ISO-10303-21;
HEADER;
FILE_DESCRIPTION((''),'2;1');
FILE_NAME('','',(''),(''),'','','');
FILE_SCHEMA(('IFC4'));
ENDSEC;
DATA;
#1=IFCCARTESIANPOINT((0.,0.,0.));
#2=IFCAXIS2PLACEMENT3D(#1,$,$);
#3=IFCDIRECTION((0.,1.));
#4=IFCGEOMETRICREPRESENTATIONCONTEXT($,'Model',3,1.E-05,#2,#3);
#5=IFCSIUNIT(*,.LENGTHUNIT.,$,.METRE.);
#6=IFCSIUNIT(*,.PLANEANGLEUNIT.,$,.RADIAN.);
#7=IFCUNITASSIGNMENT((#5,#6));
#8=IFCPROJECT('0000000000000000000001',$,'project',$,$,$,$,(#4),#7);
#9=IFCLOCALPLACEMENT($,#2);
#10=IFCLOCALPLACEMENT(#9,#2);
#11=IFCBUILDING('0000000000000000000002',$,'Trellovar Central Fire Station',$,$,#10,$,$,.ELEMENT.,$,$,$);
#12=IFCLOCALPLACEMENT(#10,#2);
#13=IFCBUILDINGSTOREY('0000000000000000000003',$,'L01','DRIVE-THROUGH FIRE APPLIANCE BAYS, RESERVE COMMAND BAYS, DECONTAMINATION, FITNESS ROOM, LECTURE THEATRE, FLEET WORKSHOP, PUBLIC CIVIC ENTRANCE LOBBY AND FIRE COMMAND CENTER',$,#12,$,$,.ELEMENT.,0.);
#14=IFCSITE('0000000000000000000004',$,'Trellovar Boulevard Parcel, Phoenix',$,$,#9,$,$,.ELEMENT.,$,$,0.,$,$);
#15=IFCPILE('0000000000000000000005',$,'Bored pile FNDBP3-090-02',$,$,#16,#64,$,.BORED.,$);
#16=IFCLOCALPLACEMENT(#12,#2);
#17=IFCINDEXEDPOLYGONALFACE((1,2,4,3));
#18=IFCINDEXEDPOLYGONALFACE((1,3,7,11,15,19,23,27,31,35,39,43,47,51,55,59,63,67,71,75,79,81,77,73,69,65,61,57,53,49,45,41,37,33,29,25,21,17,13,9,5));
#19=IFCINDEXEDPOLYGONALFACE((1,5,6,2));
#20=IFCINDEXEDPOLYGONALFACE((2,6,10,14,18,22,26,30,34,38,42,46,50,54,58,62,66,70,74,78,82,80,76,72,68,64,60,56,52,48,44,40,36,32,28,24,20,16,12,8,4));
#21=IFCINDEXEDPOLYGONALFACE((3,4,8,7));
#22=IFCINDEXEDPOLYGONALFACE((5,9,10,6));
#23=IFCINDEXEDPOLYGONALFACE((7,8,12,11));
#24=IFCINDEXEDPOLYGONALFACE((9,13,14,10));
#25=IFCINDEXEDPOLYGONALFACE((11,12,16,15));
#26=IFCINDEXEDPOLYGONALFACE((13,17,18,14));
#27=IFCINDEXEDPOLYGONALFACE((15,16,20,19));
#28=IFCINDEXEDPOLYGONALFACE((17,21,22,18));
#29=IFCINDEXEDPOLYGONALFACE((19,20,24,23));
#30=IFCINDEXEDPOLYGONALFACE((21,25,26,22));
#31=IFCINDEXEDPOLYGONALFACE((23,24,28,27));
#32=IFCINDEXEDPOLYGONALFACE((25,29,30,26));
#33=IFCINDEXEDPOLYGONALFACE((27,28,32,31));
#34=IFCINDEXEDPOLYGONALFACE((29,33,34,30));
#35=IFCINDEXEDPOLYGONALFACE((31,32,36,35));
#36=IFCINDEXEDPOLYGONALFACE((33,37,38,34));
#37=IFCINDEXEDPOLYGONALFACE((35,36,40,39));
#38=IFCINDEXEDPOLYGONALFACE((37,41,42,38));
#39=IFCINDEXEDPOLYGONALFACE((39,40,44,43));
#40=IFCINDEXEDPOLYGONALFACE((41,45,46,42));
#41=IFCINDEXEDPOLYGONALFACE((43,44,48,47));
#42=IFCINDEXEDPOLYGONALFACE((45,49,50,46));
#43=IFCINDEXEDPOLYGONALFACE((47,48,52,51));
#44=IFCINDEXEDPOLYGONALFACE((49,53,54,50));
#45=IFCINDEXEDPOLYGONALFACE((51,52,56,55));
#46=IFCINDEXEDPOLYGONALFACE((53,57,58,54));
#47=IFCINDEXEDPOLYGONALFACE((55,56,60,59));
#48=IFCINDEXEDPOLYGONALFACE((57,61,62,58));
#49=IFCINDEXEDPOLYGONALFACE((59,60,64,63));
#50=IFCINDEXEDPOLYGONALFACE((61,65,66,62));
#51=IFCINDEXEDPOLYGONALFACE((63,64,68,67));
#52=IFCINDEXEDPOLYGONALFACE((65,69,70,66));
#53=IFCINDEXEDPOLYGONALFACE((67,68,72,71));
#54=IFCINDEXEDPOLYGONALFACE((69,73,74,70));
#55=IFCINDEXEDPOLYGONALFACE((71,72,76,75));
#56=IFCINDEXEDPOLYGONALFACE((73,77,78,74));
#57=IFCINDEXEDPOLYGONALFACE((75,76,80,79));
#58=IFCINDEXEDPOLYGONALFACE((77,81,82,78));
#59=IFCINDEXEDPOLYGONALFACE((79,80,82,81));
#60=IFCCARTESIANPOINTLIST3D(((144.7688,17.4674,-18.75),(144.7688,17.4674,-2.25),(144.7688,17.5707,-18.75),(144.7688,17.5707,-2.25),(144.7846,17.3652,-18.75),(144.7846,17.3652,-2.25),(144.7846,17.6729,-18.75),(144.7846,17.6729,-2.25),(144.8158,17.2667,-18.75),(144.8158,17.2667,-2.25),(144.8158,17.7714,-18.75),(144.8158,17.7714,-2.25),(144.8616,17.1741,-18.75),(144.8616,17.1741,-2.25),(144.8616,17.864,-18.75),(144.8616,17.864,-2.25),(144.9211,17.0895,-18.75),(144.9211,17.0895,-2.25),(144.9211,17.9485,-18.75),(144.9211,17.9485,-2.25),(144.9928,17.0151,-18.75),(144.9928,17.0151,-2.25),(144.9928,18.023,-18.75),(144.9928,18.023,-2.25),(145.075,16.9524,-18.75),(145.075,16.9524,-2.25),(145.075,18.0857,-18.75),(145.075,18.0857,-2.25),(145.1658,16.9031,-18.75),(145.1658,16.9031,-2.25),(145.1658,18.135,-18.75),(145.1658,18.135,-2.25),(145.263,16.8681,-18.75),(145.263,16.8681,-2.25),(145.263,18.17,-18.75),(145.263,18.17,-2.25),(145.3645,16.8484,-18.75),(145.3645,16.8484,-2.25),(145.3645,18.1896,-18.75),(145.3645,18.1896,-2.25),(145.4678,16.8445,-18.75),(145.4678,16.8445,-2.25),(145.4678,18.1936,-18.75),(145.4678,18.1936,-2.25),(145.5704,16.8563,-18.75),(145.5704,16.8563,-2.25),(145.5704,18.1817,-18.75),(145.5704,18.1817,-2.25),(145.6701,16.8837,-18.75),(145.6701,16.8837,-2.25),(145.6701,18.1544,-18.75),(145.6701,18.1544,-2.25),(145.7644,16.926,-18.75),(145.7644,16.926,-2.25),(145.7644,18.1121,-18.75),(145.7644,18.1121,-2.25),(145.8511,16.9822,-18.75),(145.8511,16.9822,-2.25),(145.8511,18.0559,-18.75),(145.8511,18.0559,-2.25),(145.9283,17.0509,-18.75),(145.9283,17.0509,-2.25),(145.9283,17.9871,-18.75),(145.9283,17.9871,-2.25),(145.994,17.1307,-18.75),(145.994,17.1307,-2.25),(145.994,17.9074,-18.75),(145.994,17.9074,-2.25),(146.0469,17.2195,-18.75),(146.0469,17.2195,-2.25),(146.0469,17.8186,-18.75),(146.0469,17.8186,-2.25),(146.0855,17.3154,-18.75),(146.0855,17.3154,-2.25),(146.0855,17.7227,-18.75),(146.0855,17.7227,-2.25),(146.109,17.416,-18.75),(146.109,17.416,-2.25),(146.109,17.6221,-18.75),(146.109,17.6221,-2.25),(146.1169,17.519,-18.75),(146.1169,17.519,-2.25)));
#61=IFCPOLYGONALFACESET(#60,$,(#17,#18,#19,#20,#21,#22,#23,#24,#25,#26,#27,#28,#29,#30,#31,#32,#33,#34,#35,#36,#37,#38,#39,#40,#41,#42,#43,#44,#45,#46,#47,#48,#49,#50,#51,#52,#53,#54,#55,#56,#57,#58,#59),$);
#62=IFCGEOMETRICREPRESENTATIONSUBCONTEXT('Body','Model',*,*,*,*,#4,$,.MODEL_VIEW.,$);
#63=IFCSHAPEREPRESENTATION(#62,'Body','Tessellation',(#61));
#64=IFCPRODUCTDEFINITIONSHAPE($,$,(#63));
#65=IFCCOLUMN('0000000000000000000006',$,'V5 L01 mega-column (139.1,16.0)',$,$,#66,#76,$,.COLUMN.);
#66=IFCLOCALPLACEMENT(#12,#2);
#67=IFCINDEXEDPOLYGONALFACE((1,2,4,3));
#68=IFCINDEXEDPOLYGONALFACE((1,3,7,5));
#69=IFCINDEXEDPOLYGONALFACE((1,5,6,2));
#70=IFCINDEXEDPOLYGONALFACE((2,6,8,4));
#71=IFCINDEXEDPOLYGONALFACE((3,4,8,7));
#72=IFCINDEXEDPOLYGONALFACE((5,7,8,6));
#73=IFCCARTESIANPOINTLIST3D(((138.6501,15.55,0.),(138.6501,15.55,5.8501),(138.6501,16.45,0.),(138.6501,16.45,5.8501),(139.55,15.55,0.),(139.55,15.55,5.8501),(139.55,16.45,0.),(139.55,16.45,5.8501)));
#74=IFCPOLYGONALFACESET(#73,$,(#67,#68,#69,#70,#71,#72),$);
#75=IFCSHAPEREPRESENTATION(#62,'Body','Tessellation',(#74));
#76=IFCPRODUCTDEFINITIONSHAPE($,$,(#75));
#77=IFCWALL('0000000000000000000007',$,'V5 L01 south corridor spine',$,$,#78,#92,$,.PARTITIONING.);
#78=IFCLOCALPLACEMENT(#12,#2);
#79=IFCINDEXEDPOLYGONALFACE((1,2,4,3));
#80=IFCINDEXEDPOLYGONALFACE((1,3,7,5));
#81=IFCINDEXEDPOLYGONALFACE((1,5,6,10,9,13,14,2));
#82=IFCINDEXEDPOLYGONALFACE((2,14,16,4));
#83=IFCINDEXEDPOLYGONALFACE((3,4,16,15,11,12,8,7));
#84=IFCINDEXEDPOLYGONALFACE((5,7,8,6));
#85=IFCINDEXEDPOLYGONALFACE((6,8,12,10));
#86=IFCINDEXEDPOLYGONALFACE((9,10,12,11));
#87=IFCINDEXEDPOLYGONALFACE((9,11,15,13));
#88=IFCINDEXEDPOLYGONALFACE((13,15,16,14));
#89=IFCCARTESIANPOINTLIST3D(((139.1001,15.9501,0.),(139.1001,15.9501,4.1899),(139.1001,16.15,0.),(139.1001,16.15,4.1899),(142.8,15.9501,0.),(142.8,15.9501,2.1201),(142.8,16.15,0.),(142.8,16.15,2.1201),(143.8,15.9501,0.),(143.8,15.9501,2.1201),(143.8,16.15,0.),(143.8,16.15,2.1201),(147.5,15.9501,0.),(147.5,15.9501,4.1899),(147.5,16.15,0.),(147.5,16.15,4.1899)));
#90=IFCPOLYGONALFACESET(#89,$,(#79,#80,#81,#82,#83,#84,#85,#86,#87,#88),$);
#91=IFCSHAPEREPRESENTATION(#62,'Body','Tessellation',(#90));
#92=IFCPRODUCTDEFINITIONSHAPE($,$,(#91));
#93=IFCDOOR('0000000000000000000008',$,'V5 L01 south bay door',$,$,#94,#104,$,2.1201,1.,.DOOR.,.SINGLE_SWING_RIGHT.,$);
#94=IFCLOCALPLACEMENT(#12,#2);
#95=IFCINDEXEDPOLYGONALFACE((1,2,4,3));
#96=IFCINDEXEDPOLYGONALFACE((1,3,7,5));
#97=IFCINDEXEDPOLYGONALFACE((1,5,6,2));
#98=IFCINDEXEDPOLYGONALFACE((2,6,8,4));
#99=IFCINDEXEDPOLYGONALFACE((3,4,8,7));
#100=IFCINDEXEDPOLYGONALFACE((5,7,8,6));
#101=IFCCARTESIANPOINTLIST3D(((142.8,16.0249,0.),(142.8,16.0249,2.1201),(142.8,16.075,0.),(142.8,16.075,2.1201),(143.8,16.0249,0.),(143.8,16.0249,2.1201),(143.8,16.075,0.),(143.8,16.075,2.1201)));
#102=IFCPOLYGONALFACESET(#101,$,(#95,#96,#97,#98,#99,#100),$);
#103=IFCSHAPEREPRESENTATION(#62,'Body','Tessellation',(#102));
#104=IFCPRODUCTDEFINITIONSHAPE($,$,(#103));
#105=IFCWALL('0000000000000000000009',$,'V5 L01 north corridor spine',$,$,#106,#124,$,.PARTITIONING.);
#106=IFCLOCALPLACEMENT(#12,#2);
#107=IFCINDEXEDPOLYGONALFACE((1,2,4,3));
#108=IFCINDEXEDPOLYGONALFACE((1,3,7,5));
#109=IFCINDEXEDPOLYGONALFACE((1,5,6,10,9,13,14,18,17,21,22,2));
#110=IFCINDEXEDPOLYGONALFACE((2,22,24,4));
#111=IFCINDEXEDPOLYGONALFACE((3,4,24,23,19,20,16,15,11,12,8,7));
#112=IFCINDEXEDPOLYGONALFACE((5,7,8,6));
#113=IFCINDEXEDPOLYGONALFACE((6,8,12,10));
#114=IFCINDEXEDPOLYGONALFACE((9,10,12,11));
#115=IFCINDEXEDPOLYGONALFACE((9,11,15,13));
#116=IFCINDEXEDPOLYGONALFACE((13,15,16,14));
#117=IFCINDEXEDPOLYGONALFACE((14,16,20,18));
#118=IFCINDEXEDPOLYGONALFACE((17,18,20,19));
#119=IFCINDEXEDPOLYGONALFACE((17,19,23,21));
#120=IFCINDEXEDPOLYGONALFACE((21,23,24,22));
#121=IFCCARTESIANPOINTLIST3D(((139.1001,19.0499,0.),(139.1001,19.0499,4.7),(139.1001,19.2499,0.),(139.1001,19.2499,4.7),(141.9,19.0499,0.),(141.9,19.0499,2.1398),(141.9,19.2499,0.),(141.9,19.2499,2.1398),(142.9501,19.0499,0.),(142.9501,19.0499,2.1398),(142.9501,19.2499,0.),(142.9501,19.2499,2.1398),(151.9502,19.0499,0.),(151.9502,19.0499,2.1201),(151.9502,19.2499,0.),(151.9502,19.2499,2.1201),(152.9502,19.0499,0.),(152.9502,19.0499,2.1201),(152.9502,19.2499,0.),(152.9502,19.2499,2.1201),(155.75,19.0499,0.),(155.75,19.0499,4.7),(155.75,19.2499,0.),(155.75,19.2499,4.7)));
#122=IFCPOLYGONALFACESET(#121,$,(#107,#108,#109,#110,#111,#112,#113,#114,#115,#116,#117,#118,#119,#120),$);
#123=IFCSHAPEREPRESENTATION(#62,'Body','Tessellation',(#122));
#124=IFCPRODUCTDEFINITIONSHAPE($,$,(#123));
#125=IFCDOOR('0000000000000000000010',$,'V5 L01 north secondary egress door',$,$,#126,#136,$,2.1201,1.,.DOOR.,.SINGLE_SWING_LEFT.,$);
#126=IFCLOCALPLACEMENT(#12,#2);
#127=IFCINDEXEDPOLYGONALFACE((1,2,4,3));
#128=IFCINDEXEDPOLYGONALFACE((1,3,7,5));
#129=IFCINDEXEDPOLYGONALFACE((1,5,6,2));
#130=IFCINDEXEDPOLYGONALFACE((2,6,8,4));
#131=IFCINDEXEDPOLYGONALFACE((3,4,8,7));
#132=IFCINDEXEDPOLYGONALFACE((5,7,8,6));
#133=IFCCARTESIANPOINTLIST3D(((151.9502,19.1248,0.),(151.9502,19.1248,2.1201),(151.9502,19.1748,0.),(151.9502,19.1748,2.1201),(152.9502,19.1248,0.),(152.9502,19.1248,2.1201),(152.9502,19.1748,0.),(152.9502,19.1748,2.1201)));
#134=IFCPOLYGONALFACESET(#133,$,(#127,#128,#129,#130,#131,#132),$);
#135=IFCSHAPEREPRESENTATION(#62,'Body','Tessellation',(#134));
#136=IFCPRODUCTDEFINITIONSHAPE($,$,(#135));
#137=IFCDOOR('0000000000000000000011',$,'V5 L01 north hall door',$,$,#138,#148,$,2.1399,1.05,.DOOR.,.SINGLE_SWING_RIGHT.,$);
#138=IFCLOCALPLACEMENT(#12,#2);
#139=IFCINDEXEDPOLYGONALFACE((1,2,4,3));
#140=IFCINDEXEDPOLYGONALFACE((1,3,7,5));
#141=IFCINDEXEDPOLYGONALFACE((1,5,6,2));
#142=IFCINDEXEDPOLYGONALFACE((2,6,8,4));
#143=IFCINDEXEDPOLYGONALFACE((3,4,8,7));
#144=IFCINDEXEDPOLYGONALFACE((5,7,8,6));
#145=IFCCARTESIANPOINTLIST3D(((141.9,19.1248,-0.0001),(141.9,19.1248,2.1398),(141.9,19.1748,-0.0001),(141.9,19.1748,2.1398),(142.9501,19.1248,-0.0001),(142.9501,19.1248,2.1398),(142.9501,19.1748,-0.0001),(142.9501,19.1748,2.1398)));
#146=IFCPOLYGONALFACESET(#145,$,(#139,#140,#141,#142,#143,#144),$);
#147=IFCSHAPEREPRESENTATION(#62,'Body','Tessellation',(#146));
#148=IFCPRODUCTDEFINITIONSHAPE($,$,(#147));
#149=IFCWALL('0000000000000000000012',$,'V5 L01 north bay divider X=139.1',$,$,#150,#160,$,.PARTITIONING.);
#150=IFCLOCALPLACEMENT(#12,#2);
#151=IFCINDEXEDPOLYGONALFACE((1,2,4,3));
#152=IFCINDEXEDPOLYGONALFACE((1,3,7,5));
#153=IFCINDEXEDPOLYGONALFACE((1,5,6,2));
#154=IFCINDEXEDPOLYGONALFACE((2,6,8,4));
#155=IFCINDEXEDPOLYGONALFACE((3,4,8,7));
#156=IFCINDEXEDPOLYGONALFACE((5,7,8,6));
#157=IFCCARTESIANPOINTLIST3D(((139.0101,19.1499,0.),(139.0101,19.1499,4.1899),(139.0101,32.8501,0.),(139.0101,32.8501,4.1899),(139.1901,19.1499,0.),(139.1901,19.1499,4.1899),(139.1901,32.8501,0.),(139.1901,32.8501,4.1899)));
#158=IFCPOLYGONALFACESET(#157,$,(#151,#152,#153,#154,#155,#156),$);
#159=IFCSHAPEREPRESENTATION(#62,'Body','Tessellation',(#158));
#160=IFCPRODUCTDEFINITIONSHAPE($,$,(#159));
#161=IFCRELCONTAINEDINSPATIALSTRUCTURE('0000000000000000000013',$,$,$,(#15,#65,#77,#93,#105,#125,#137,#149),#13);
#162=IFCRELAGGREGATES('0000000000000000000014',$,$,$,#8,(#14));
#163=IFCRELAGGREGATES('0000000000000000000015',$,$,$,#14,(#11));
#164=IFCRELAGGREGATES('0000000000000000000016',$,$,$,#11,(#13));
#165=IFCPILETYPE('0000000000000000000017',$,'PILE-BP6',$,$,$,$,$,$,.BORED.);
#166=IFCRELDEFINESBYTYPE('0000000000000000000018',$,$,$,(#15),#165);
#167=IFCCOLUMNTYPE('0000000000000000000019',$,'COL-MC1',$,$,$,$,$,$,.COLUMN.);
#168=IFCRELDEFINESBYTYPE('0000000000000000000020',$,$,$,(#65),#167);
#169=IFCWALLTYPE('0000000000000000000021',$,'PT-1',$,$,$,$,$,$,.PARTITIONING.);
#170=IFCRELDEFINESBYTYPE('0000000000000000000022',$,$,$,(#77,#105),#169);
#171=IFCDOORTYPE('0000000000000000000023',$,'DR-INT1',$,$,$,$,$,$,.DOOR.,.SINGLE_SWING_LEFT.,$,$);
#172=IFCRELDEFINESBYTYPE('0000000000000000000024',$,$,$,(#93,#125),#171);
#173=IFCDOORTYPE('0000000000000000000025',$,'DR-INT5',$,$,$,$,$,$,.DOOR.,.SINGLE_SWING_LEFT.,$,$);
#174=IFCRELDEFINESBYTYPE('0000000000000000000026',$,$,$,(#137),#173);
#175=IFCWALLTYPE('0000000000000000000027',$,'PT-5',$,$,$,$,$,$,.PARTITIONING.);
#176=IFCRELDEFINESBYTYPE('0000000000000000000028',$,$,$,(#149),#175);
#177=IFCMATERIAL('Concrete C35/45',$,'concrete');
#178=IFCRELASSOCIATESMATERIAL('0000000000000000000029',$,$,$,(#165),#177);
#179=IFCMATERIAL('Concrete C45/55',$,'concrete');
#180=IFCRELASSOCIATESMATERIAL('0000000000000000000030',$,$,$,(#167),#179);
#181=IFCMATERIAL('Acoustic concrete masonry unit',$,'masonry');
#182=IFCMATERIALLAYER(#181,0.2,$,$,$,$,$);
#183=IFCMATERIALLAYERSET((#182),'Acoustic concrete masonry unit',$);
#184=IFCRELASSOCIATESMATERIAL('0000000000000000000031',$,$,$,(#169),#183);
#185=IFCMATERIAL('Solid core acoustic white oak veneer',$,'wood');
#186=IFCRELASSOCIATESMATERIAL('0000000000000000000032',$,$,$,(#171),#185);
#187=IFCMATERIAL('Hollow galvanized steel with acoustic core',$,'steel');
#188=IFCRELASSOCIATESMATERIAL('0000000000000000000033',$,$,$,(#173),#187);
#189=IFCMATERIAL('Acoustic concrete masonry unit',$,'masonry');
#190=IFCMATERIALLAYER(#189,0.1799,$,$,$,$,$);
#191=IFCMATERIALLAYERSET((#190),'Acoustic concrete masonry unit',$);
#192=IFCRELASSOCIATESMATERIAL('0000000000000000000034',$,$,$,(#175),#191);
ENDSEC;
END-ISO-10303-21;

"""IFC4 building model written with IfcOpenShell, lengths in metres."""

from ifc_helpers import new_model, si_unit, direction, frame, frame_2d, origin, origin_2d, place, context, subcontext, project, spatial, rectangle, circle, extrude, material, layer, layer_set, material_profile, profile_set, type_object, element, fill, save


model = new_model("IFC4")

# Units and contexts
model_context = context("Model", 3, precision=1e-05, world=origin(), true_north=direction((0.0, 1.0)))
body_context = subcontext(model_context, "Body", "Model", "MODEL_VIEW")
ifc_project = project(units=[si_unit("LENGTHUNIT", "METRE"), si_unit("PLANEANGLEUNIT", "RADIAN")], contexts=[model_context])

# Site, building, storey
site_placement = place(None, origin())
site = spatial("IfcSite", under=ifc_project, at=site_placement, Name="Trellovar Boulevard Parcel, Phoenix", CompositionType="ELEMENT", RefElevation=0.0)
building_placement = place(site_placement, origin())
building = spatial("IfcBuilding", under=site, at=building_placement, Name="Trellovar Central Fire Station", CompositionType="ELEMENT")
storey_placement = place(building_placement, origin())
storey = spatial("IfcBuildingStorey", under=building, at=storey_placement, Name="L01", Description="DRIVE-THROUGH FIRE APPLIANCE BAYS, RESERVE COMMAND BAYS, DECONTAMINATION, FITNESS ROOM, LECTURE THEATRE, FLEET WORKSHOP, PUBLIC CIVIC ENTRANCE LOBBY AND FIRE COMMAND CENTER", CompositionType="ELEMENT", Elevation=0.0)

# Pile
ifc_material_1 = material(Name="Concrete C35/45", Category="concrete")
ifc_material_profile_1 = material_profile(ifc_material_1, circle(Radius=0.675, at=origin_2d()), Name="PILE1350")
ifc_profile_set_1 = profile_set([ifc_material_profile_1], Name="Concrete C35/45")
pile_type_1 = type_object("IfcPileType", Name="PILE-BP6", PredefinedType="BORED", material=ifc_profile_set_1)
pile_placement = place(storey_placement, frame((145.4419, 17.519, -2.25), z_axis=(0.0, 0.0, -1.0), x_axis=(1.0, 0.0, 0.0)))
element("IfcPile", 1, at=pile_placement, inside=storey, type_object=pile_type_1, Name="Bored pile FNDBP3-090-02", PredefinedType="BORED", context=body_context, shape_type="SweptSolid", body=[
    extrude(circle(Radius=0.675, at=origin_2d()), origin(), (0.0, 0.0, 1.0), 16.5),
])

# Column
ifc_material_2 = material(Name="Concrete C45/55", Category="concrete")
ifc_material_profile_2 = material_profile(ifc_material_2, rectangle(XDim=0.8999, YDim=0.8999, at=origin_2d()), Name="RC900X900")
ifc_profile_set_2 = profile_set([ifc_material_profile_2], Name="Concrete C45/55")
column_type = type_object("IfcColumnType", Name="COL-MC1", PredefinedType="COLUMN", material=ifc_profile_set_2)
column_placement = place(storey_placement, frame((139.1001, 16.0, 0.0), z_axis=(0.0, 0.0, 1.0), x_axis=(1.0, 0.0, 0.0)))
element("IfcColumn", 2, at=column_placement, inside=storey, type_object=column_type, Name="V5 L01 mega-column (139.1,16.0)", PredefinedType="COLUMN", context=body_context, shape_type="SweptSolid", body=[
    extrude(rectangle(XDim=0.8999, YDim=0.8999, at=origin_2d()), origin(), (0.0, 0.0, 1.0), 5.8501),
])

# Wall, opening, door
ifc_material_3 = material(Name="Acoustic concrete masonry unit", Category="masonry")
ifc_layer_1 = layer(ifc_material_3, 0.2)
ifc_layer_set_1 = layer_set([ifc_layer_1], Name="Acoustic concrete masonry unit")
wall_type_1 = type_object("IfcWallType", Name="PT-1", PredefinedType="PARTITIONING", material=ifc_layer_set_1)
wall_1_placement = place(storey_placement, frame((139.1001, 16.05, 0.0), z_axis=(0.0, 0.0, 1.0), x_axis=(1.0, 0.0, 0.0)))
wall_1 = element("IfcWall", 3, at=wall_1_placement, inside=storey, type_object=wall_type_1, Name="V5 L01 south corridor spine", PredefinedType="PARTITIONING", context=body_context, shape_type="SweptSolid", body=[
    extrude(rectangle(XDim=8.3999, YDim=0.2, at=frame_2d((4.2, 0.0))), origin(), (0.0, 0.0, 1.0), 4.1899),
])
opening_1_placement = place(wall_1_placement, frame((3.7, 0.0, 0.0)))
opening_1 = element("IfcOpeningElement", 4, at=opening_1_placement, cuts=wall_1, PredefinedType="OPENING", context=body_context, shape_type="SweptSolid", body=[
    extrude(rectangle(XDim=1.0, YDim=2.1201, at=frame_2d((0.5, 1.0601))), frame((0.0, 0.1099, 0.0), z_axis=(0.0, -1.0, 0.0), x_axis=(1.0, 0.0, 0.0)), (0.0, 0.0, 1.0), 0.22),
])
ifc_material_4 = material(Name="Solid core acoustic white oak veneer", Category="wood")
door_type_1 = type_object("IfcDoorType", Name="DR-INT1", OperationType="SINGLE_SWING_LEFT", PredefinedType="DOOR", material=ifc_material_4)
door_1_placement = place(opening_1_placement, origin())
door_1 = element("IfcDoor", 5, at=door_1_placement, inside=storey, type_object=door_type_1, Name="V5 L01 south bay door", OperationType="SINGLE_SWING_RIGHT", OverallHeight=2.1201, OverallWidth=1.0, PredefinedType="DOOR", context=body_context, shape_type="SweptSolid", body=[
    extrude(rectangle(XDim=1.0, YDim=2.1201, at=frame_2d((0.5, 1.0601))), frame((0.0, 0.0249, 0.0), z_axis=(0.0, -1.0, 0.0), x_axis=(1.0, 0.0, 0.0)), (0.0, 0.0, 1.0), 0.05),
])
fill(opening_1, door_1)

# Wall, openings, doors
wall_2_placement = place(storey_placement, frame((139.1001, 19.1499, 0.0), z_axis=(0.0, 0.0, 1.0), x_axis=(1.0, 0.0, 0.0)))
wall_2 = element("IfcWall", 6, at=wall_2_placement, inside=storey, type_object=wall_type_1, Name="V5 L01 north corridor spine", PredefinedType="PARTITIONING", context=body_context, shape_type="SweptSolid", body=[
    extrude(rectangle(XDim=16.6499, YDim=0.2, at=frame_2d((8.325, 0.0))), origin(), (0.0, 0.0, 1.0), 4.7),
])
opening_2_placement = place(wall_2_placement, frame((2.8, 0.0, 0.0)))
opening_2 = element("IfcOpeningElement", 7, at=opening_2_placement, cuts=wall_2, PredefinedType="OPENING", context=body_context, shape_type="SweptSolid", body=[
    extrude(rectangle(XDim=1.05, YDim=2.1399, at=frame_2d((0.5249, 1.0698))), frame((0.0, 0.1099, 0.0), z_axis=(0.0, -1.0, 0.0), x_axis=(1.0, 0.0, 0.0)), (0.0, 0.0, 1.0), 0.22),
])
opening_3_placement = place(wall_2_placement, frame((12.8501, 0.0, 0.0)))
opening_3 = element("IfcOpeningElement", 8, at=opening_3_placement, cuts=wall_2, PredefinedType="OPENING", context=body_context, shape_type="SweptSolid", body=[
    extrude(rectangle(XDim=1.0, YDim=2.1201, at=frame_2d((0.5, 1.0601))), frame((0.0, 0.1099, 0.0), z_axis=(0.0, -1.0, 0.0), x_axis=(1.0, 0.0, 0.0)), (0.0, 0.0, 1.0), 0.22),
])
door_2_placement = place(opening_3_placement, origin())
door_2 = element("IfcDoor", 9, at=door_2_placement, inside=storey, type_object=door_type_1, Name="V5 L01 north secondary egress door", OperationType="SINGLE_SWING_LEFT", OverallHeight=2.1201, OverallWidth=1.0, PredefinedType="DOOR", context=body_context, shape_type="SweptSolid", body=[
    extrude(rectangle(XDim=1.0, YDim=2.1201, at=frame_2d((0.5, 1.0601))), frame((0.0, 0.0249, 0.0), z_axis=(0.0, -1.0, 0.0), x_axis=(1.0, 0.0, 0.0)), (0.0, 0.0, 1.0), 0.05),
])
fill(opening_3, door_2)
ifc_material_5 = material(Name="Hollow galvanized steel with acoustic core", Category="steel")
door_type_2 = type_object("IfcDoorType", Name="DR-INT5", OperationType="SINGLE_SWING_LEFT", PredefinedType="DOOR", material=ifc_material_5)
door_3_placement = place(opening_2_placement, origin())
door_3 = element("IfcDoor", 10, at=door_3_placement, inside=storey, type_object=door_type_2, Name="V5 L01 north hall door", OperationType="SINGLE_SWING_RIGHT", OverallHeight=2.1399, OverallWidth=1.05, PredefinedType="DOOR", context=body_context, shape_type="SweptSolid", body=[
    extrude(rectangle(XDim=1.05, YDim=2.1399, at=frame_2d((0.5249, 1.0698))), frame((0.0, 0.0249, 0.0), z_axis=(0.0, -1.0, 0.0), x_axis=(1.0, 0.0, 0.0)), (0.0, 0.0, 1.0), 0.05),
])
fill(opening_2, door_3)

# Wall
ifc_material_6 = material(Name="Acoustic concrete masonry unit", Category="masonry")
ifc_layer_2 = layer(ifc_material_6, 0.1799)
ifc_layer_set_2 = layer_set([ifc_layer_2], Name="Acoustic concrete masonry unit")
wall_type_2 = type_object("IfcWallType", Name="PT-5", PredefinedType="PARTITIONING", material=ifc_layer_set_2)
wall_3_placement = place(storey_placement, frame((139.1001, 19.1499, 0.0), z_axis=(0.0, 0.0, 1.0), x_axis=(0.0, 1.0, 0.0)))
element("IfcWall", 11, at=wall_3_placement, inside=storey, type_object=wall_type_2, Name="V5 L01 north bay divider X=139.1", PredefinedType="PARTITIONING", context=body_context, shape_type="SweptSolid", body=[
    extrude(rectangle(XDim=13.7002, YDim=0.1799, at=frame_2d((6.8501, 0.0))), origin(), (0.0, 0.0, 1.0), 4.1899),
])

save(model, "model.ifc")
